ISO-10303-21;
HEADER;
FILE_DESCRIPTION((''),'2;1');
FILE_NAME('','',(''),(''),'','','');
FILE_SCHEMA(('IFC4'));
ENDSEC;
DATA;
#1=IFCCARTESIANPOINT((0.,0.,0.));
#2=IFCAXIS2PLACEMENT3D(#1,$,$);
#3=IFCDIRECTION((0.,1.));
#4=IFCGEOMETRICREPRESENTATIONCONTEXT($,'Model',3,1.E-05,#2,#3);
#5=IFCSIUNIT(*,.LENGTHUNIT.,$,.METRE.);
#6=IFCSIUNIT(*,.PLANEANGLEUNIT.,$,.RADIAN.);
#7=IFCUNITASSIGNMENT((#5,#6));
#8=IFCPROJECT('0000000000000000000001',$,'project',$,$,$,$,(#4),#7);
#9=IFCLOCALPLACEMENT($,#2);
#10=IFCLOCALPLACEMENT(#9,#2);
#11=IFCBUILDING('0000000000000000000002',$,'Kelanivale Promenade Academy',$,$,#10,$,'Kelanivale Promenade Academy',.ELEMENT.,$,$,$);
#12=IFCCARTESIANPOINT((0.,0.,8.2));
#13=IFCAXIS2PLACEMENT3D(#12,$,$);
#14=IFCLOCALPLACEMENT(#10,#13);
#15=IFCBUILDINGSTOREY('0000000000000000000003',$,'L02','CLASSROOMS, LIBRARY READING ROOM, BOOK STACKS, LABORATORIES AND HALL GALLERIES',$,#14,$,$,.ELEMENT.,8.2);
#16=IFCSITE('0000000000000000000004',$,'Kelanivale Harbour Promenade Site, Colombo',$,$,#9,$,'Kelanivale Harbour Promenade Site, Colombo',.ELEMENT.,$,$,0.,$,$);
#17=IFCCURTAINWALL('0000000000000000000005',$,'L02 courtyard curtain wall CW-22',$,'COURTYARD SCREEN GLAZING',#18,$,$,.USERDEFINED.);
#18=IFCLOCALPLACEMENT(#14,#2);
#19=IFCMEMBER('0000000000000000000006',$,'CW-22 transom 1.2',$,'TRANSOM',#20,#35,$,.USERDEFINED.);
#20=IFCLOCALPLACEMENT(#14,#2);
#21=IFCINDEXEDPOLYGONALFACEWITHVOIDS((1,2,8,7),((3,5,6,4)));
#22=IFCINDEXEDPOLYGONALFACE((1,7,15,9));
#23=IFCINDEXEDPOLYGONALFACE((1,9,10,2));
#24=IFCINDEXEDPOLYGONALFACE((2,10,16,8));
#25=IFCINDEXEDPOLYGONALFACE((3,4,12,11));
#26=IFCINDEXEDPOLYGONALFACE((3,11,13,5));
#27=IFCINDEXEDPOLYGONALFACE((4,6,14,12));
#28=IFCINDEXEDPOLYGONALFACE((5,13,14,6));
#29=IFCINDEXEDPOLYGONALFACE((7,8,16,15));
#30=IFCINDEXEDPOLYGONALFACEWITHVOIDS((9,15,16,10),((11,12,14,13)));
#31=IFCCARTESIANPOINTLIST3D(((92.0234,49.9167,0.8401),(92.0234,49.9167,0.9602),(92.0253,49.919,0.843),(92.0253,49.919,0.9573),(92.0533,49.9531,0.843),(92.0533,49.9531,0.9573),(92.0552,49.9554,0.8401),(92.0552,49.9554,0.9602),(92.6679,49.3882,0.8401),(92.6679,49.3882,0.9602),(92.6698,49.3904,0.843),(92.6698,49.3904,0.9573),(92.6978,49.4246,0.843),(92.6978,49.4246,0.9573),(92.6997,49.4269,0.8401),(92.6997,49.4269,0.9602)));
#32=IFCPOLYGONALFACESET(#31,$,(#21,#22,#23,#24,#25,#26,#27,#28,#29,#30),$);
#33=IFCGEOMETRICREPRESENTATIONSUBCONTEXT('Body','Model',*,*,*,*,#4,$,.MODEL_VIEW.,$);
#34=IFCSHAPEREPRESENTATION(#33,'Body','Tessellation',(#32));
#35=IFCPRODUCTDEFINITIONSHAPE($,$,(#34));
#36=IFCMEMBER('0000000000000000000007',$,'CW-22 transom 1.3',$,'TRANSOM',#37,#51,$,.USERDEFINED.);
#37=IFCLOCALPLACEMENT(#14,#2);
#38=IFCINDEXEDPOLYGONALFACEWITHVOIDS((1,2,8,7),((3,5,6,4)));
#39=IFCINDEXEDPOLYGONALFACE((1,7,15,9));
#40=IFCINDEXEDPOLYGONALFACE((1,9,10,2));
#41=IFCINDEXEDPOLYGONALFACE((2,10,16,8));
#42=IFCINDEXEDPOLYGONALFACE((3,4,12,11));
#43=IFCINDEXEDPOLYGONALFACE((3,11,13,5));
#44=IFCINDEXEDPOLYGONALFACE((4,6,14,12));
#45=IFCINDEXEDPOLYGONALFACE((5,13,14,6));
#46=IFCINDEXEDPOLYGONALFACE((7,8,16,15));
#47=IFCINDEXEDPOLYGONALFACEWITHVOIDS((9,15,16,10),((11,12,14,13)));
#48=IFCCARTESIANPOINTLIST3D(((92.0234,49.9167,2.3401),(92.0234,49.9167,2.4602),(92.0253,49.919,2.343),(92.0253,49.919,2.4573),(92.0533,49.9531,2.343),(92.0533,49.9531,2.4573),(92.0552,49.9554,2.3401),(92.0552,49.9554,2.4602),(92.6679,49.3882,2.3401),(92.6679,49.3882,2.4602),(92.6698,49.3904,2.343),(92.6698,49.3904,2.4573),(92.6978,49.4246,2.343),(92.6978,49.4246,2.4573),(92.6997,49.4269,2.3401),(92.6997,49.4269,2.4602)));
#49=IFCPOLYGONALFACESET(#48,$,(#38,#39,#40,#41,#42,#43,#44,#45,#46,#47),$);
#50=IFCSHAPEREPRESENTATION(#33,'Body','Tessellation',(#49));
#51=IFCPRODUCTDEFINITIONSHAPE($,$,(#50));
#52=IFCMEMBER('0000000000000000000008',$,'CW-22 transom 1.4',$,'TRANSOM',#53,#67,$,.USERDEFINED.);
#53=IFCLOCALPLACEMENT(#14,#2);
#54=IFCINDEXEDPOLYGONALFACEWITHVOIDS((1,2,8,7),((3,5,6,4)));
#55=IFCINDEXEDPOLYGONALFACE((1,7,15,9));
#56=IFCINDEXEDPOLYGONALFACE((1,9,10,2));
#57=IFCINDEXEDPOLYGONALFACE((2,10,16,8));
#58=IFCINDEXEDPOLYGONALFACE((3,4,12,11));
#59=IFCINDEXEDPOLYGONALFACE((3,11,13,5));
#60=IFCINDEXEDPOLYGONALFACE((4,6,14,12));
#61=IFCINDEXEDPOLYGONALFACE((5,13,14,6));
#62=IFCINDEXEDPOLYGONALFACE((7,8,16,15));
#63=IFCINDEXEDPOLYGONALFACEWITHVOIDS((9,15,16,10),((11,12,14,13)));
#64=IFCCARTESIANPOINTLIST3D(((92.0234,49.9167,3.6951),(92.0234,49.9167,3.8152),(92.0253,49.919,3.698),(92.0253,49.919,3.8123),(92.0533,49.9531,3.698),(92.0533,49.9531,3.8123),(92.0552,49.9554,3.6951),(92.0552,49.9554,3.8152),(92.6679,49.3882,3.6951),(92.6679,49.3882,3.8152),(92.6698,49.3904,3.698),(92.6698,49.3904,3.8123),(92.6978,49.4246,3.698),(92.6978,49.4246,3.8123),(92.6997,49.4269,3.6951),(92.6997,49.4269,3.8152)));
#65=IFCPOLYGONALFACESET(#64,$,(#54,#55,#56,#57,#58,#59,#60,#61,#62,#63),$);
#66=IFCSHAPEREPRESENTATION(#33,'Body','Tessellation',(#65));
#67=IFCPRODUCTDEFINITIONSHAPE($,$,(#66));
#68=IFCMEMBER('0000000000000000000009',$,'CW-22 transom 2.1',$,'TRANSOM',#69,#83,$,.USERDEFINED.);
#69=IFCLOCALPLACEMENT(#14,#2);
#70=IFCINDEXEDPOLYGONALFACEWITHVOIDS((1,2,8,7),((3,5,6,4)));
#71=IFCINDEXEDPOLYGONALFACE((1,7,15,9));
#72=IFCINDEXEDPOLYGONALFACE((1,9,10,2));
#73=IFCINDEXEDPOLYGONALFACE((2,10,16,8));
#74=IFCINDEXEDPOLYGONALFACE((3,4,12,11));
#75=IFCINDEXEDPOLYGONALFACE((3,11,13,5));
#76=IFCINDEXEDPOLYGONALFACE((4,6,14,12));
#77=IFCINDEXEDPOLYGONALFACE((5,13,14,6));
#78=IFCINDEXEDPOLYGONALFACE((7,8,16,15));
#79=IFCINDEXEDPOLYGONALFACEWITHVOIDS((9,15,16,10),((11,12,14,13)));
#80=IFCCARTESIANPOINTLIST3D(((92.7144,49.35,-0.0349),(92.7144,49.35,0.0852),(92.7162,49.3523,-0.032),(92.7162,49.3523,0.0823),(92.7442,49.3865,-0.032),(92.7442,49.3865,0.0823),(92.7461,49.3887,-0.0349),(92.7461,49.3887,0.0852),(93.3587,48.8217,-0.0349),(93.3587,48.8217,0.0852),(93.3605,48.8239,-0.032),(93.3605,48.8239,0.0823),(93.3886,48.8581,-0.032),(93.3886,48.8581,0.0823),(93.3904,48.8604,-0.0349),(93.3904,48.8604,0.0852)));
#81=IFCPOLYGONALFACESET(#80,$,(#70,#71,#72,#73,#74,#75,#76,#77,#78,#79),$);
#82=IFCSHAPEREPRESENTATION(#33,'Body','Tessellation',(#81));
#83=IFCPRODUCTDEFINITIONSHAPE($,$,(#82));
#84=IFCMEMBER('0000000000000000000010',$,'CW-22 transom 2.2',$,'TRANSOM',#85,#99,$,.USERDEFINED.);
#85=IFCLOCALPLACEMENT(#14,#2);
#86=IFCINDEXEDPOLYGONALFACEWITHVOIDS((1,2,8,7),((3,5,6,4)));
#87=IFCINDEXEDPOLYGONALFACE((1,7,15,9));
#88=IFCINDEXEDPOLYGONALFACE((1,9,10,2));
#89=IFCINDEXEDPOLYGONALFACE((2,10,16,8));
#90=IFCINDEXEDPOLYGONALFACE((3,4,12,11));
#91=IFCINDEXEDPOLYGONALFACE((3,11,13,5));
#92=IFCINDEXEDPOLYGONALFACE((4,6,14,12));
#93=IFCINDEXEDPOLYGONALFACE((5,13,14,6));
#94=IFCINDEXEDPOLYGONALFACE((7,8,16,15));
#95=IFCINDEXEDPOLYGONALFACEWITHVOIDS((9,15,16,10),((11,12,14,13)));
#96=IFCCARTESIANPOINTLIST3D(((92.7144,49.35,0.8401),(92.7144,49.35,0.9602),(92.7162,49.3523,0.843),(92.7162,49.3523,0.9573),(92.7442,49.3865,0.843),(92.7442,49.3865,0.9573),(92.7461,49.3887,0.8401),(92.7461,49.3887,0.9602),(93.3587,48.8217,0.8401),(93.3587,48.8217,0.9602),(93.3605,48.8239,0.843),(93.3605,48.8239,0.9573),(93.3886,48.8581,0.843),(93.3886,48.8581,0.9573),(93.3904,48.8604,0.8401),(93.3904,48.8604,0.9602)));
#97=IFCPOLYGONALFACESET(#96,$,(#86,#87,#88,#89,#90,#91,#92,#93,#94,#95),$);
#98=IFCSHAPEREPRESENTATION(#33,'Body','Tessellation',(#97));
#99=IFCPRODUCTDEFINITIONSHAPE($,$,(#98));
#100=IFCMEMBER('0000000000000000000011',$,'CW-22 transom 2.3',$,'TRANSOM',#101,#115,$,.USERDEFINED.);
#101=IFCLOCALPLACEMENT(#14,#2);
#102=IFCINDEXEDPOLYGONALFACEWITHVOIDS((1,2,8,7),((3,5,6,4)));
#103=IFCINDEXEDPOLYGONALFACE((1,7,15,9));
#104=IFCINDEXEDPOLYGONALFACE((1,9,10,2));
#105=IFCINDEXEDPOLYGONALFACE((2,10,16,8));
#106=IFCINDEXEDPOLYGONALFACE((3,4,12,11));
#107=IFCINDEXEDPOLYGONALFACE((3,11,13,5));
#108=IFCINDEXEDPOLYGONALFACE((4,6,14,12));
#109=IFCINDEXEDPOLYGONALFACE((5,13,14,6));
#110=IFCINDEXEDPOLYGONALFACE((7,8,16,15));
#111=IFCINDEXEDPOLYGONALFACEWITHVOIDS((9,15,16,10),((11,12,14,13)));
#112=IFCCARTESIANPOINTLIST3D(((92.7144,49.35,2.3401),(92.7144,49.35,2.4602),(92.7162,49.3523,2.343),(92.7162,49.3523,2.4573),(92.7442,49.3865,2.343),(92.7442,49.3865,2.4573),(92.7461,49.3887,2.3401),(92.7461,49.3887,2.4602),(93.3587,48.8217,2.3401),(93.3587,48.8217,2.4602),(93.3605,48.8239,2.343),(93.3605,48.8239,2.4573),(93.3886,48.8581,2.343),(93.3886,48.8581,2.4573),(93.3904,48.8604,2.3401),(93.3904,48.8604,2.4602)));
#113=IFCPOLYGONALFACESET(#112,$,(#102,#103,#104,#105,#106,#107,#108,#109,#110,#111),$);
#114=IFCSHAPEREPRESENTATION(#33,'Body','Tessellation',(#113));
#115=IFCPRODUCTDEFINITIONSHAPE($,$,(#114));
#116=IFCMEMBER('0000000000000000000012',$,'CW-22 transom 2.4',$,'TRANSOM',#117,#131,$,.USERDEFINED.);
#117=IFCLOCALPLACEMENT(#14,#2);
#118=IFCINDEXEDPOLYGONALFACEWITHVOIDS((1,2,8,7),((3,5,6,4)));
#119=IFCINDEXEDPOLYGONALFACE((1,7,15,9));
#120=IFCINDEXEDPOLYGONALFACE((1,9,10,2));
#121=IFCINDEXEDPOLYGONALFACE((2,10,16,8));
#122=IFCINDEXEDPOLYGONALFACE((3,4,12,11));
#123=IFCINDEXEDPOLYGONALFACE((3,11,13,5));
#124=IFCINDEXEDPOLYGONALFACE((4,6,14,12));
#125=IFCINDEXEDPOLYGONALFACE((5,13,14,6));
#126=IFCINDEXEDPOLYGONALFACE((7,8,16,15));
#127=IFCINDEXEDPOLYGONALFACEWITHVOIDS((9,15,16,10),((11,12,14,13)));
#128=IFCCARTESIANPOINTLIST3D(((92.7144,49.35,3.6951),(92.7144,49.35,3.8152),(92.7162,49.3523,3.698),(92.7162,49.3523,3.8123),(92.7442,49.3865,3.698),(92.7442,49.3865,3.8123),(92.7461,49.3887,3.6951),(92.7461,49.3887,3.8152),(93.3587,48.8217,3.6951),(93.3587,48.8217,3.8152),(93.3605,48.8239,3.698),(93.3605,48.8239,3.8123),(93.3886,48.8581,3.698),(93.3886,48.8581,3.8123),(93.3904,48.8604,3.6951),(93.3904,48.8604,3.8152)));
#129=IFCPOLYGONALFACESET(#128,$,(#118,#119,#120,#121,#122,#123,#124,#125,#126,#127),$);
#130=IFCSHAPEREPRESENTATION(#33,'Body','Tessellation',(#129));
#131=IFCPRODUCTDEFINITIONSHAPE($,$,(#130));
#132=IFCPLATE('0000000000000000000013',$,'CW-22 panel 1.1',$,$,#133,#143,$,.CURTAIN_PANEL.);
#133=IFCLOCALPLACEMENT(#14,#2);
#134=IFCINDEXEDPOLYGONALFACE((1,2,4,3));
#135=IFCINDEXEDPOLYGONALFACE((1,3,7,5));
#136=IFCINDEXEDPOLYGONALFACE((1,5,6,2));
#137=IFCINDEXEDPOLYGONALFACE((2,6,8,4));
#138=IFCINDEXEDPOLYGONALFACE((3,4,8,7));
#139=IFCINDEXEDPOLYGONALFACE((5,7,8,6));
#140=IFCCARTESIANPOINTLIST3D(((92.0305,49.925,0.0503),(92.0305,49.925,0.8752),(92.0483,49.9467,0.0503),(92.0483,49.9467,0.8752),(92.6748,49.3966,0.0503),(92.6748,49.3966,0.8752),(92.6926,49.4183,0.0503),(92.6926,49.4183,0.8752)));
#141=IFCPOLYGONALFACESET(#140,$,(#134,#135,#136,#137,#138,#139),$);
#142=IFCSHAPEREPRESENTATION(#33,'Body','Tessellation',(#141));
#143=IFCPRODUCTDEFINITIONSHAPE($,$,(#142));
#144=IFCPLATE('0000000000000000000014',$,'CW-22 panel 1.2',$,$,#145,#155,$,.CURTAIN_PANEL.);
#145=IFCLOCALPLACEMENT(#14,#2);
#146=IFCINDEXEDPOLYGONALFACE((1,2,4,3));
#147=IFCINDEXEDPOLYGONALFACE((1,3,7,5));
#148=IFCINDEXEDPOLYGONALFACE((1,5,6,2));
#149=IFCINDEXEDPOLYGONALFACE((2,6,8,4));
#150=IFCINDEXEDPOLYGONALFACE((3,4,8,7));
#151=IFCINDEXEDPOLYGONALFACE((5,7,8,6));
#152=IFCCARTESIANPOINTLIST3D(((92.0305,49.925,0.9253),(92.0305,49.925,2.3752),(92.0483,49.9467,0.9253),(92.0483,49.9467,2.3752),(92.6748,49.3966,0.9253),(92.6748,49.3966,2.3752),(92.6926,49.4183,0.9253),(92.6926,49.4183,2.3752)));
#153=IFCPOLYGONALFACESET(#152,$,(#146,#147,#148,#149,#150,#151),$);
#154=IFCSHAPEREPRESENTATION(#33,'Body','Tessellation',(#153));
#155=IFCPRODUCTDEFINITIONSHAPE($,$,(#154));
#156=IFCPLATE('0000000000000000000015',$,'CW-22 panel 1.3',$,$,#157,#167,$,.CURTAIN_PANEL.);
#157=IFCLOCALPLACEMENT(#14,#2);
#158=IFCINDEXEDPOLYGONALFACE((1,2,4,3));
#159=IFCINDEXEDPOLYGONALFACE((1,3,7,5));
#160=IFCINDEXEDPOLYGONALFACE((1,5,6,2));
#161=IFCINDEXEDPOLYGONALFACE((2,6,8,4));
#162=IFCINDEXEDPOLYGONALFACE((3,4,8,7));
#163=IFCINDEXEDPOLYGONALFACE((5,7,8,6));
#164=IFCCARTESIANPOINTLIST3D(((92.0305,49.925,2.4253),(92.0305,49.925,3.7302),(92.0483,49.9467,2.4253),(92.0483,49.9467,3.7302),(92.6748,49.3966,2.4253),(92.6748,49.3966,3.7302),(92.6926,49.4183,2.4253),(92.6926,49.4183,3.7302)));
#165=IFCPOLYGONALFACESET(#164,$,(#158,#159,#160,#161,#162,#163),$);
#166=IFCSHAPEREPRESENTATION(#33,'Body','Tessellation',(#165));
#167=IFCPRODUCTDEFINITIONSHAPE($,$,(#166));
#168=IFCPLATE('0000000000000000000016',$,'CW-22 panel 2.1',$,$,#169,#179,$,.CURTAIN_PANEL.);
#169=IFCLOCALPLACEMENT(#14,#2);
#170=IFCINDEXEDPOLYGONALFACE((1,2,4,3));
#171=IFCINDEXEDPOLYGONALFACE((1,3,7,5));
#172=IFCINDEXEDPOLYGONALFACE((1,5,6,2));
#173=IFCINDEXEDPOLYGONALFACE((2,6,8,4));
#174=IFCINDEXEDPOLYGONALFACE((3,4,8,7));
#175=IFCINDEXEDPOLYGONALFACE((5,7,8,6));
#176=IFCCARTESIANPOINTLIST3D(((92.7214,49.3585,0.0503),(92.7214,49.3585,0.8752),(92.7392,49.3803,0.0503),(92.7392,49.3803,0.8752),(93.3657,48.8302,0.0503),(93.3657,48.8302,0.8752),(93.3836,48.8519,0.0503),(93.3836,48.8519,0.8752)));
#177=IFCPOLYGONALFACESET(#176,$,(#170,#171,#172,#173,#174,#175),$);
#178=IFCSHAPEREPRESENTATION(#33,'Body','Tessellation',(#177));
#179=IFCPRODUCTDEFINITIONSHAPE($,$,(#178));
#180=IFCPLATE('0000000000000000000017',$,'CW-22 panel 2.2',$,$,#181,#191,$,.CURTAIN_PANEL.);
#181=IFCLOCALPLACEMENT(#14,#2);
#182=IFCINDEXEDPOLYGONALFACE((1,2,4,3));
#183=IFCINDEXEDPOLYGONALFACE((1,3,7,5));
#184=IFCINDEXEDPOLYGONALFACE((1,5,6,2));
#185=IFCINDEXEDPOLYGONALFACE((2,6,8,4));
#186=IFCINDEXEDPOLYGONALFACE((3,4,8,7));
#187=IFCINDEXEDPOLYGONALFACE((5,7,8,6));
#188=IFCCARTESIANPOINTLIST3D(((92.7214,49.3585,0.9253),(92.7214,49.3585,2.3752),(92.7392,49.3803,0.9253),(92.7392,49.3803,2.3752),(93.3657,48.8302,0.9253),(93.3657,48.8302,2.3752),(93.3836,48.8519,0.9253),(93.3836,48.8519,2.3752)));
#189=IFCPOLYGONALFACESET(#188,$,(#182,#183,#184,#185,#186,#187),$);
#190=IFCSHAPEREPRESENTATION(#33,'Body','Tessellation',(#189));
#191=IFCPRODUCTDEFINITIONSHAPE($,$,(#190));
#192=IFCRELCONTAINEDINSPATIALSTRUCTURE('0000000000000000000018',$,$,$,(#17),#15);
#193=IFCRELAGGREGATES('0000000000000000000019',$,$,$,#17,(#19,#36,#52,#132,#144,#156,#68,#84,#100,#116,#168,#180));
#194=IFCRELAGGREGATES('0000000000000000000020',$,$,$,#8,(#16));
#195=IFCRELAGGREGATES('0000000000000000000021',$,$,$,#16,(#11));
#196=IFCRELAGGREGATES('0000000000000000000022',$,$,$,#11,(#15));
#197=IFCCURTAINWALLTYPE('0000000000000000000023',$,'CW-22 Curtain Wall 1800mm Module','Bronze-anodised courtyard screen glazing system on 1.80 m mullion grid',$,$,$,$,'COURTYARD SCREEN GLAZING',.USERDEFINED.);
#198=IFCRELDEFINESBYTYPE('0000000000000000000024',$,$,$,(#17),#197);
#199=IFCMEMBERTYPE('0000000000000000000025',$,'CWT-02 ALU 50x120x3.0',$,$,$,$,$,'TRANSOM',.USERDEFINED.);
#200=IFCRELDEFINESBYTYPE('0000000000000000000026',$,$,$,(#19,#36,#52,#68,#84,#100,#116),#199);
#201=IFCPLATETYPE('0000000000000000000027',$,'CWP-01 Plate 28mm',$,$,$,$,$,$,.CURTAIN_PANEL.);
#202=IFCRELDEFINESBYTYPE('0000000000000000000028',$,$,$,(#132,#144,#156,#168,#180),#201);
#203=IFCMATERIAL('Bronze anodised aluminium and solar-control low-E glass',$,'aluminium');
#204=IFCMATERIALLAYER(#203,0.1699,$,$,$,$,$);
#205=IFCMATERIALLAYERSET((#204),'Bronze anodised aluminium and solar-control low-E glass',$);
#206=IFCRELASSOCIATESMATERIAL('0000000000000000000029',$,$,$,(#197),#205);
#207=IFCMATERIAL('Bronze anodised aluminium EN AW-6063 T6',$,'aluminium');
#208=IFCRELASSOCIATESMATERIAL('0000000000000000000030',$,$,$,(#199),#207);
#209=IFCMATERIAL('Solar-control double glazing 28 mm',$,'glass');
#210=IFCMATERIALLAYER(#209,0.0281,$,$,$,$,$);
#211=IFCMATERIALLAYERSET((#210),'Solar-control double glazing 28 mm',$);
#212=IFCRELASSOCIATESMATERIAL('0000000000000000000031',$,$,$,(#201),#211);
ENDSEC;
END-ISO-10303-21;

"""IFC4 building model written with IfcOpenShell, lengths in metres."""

from ifc_helpers import new_model, si_unit, direction, frame, origin, origin_2d, place, context, subcontext, project, spatial, rectangle, hollow_rectangle, extrude, material, layer, layer_set, material_profile, profile_set, type_object, element, aggregate, save


model = new_model("IFC4")

# Units and contexts
model_context = context("Model", 3, precision=1e-05, world=origin(), true_north=direction((0.0, 1.0)))
body_context = subcontext(model_context, "Body", "Model", "MODEL_VIEW")
ifc_project = project(units=[si_unit("LENGTHUNIT", "METRE"), si_unit("PLANEANGLEUNIT", "RADIAN")], contexts=[model_context])

# Site, building, storey
site_placement = place(None, origin())
site = spatial("IfcSite", under=ifc_project, at=site_placement, Name="Kelanivale Harbour Promenade Site, Colombo", LongName="Kelanivale Harbour Promenade Site, Colombo", CompositionType="ELEMENT", RefElevation=0.0)
building_placement = place(site_placement, origin())
building = spatial("IfcBuilding", under=site, at=building_placement, Name="Kelanivale Promenade Academy", LongName="Kelanivale Promenade Academy", CompositionType="ELEMENT")
storey_placement = place(building_placement, frame((0.0, 0.0, 8.2)))
storey = spatial("IfcBuildingStorey", under=building, at=storey_placement, Name="L02", Description="CLASSROOMS, LIBRARY READING ROOM, BOOK STACKS, LABORATORIES AND HALL GALLERIES", CompositionType="ELEMENT", Elevation=8.2)

# Curtain wall
ifc_material_1 = material(Name="Bronze anodised aluminium and solar-control low-E glass", Category="aluminium")
ifc_material_2 = material(Name="Bronze anodised aluminium EN AW-6063 T6", Category="aluminium")
ifc_layer_1 = layer(ifc_material_1, 0.1699)
ifc_layer_set_1 = layer_set([ifc_layer_1], Name="Bronze anodised aluminium and solar-control low-E glass")
curtain_wall_type_1 = type_object("IfcCurtainWallType", Name="CW-22 Curtain Wall 1800mm Module", Description="Bronze-anodised courtyard screen glazing system on 1.80 m mullion grid", ElementType="COURTYARD SCREEN GLAZING", PredefinedType="USERDEFINED", material=ifc_layer_set_1)
curtain_wall_1_placement = place(storey_placement, origin())
curtain_wall_1 = element("IfcCurtainWall", 1, at=curtain_wall_1_placement, inside=storey, type_object=curtain_wall_type_1, Name="L02 courtyard curtain wall CW-22", ObjectType="COURTYARD SCREEN GLAZING", PredefinedType="USERDEFINED")

# Members
ifc_material_profile_1 = material_profile(ifc_material_2, hollow_rectangle(XDim=0.05, YDim=0.1201, WallThickness=0.0029, at=origin_2d()), Name="ALU 50x120x3.0")
ifc_profile_set_1 = profile_set([ifc_material_profile_1], Name="Bronze anodised aluminium EN AW-6063 T6")
member_type_1 = type_object("IfcMemberType", Name="CWT-02 ALU 50x120x3.0", ElementType="TRANSOM", PredefinedType="USERDEFINED", material=ifc_profile_set_1)
member_1_placement = place(storey_placement, frame((92.0393, 49.936, 0.9001), z_axis=(0.773239, -0.634115, 0.0), x_axis=(0.634115, 0.773239, 0.0)))
member_1 = element("IfcMember", 2, at=member_1_placement, type_object=member_type_1, Name="CW-22 transom 1.2", ObjectType="TRANSOM", PredefinedType="USERDEFINED", context=body_context, shape_type="SweptSolid", body=[
    extrude(hollow_rectangle(XDim=0.05, YDim=0.1201, WallThickness=0.0029, at=origin_2d()), origin(), (0.0, 0.0, 1.0), 0.8335),
])
member_2_placement = place(storey_placement, frame((92.0393, 49.936, 2.4001), z_axis=(0.773239, -0.634115, 0.0), x_axis=(0.634115, 0.773239, 0.0)))
member_2 = element("IfcMember", 3, at=member_2_placement, type_object=member_type_1, Name="CW-22 transom 1.3", ObjectType="TRANSOM", PredefinedType="USERDEFINED", context=body_context, shape_type="SweptSolid", body=[
    extrude(hollow_rectangle(XDim=0.05, YDim=0.1201, WallThickness=0.0029, at=origin_2d()), origin(), (0.0, 0.0, 1.0), 0.8335),
])
member_3_placement = place(storey_placement, frame((92.0393, 49.936, 3.7551), z_axis=(0.773239, -0.634115, 0.0), x_axis=(0.634115, 0.773239, 0.0)))
member_3 = element("IfcMember", 4, at=member_3_placement, type_object=member_type_1, Name="CW-22 transom 1.4", ObjectType="TRANSOM", PredefinedType="USERDEFINED", context=body_context, shape_type="SweptSolid", body=[
    extrude(hollow_rectangle(XDim=0.05, YDim=0.1201, WallThickness=0.0029, at=origin_2d()), origin(), (0.0, 0.0, 1.0), 0.8335),
])
member_4_placement = place(storey_placement, frame((92.7302, 49.3694, 0.0251), z_axis=(0.773265, -0.634083, 0.0), x_axis=(0.634083, 0.773265, 0.0)))
member_4 = element("IfcMember", 5, at=member_4_placement, type_object=member_type_1, Name="CW-22 transom 2.1", ObjectType="TRANSOM", PredefinedType="USERDEFINED", context=body_context, shape_type="SweptSolid", body=[
    extrude(hollow_rectangle(XDim=0.05, YDim=0.1201, WallThickness=0.0029, at=origin_2d()), origin(), (0.0, 0.0, 1.0), 0.8333),
])
member_5_placement = place(storey_placement, frame((92.7302, 49.3694, 0.9001), z_axis=(0.773265, -0.634083, 0.0), x_axis=(0.634083, 0.773265, 0.0)))
member_5 = element("IfcMember", 6, at=member_5_placement, type_object=member_type_1, Name="CW-22 transom 2.2", ObjectType="TRANSOM", PredefinedType="USERDEFINED", context=body_context, shape_type="SweptSolid", body=[
    extrude(hollow_rectangle(XDim=0.05, YDim=0.1201, WallThickness=0.0029, at=origin_2d()), origin(), (0.0, 0.0, 1.0), 0.8333),
])
member_6_placement = place(storey_placement, frame((92.7302, 49.3694, 2.4001), z_axis=(0.773265, -0.634083, 0.0), x_axis=(0.634083, 0.773265, 0.0)))
member_6 = element("IfcMember", 7, at=member_6_placement, type_object=member_type_1, Name="CW-22 transom 2.3", ObjectType="TRANSOM", PredefinedType="USERDEFINED", context=body_context, shape_type="SweptSolid", body=[
    extrude(hollow_rectangle(XDim=0.05, YDim=0.1201, WallThickness=0.0029, at=origin_2d()), origin(), (0.0, 0.0, 1.0), 0.8333),
])
member_7_placement = place(storey_placement, frame((92.7302, 49.3694, 3.7551), z_axis=(0.773265, -0.634083, 0.0), x_axis=(0.634083, 0.773265, 0.0)))
member_7 = element("IfcMember", 8, at=member_7_placement, type_object=member_type_1, Name="CW-22 transom 2.4", ObjectType="TRANSOM", PredefinedType="USERDEFINED", context=body_context, shape_type="SweptSolid", body=[
    extrude(hollow_rectangle(XDim=0.05, YDim=0.1201, WallThickness=0.0029, at=origin_2d()), origin(), (0.0, 0.0, 1.0), 0.8333),
])

# Plates
ifc_material_3 = material(Name="Solar-control double glazing 28 mm", Category="glass")
ifc_layer_2 = layer(ifc_material_3, 0.0281)
ifc_layer_set_2 = layer_set([ifc_layer_2], Name="Solar-control double glazing 28 mm")
plate_type_1 = type_object("IfcPlateType", Name="CWP-01 Plate 28mm", PredefinedType="CURTAIN_PANEL", material=ifc_layer_set_2)
plate_1_placement = place(storey_placement, frame((92.3616, 49.6716, 0.0503), z_axis=(0.0, 0.0, 1.0), x_axis=(0.773257, -0.634093, 0.0)))
plate_1 = element("IfcPlate", 9, at=plate_1_placement, type_object=plate_type_1, Name="CW-22 panel 1.1", PredefinedType="CURTAIN_PANEL", context=body_context, shape_type="SweptSolid", body=[
    extrude(rectangle(XDim=0.8333, YDim=0.0281, at=origin_2d()), origin(), (0.0, 0.0, 1.0), 0.825),
])
plate_2_placement = place(storey_placement, frame((92.3616, 49.6716, 0.9253), z_axis=(0.0, 0.0, 1.0), x_axis=(0.773257, -0.634093, 0.0)))
plate_2 = element("IfcPlate", 10, at=plate_2_placement, type_object=plate_type_1, Name="CW-22 panel 1.2", PredefinedType="CURTAIN_PANEL", context=body_context, shape_type="SweptSolid", body=[
    extrude(rectangle(XDim=0.8333, YDim=0.0281, at=origin_2d()), origin(), (0.0, 0.0, 1.0), 1.45),
])
plate_3_placement = place(storey_placement, frame((92.3616, 49.6716, 2.4253), z_axis=(0.0, 0.0, 1.0), x_axis=(0.773257, -0.634093, 0.0)))
plate_3 = element("IfcPlate", 11, at=plate_3_placement, type_object=plate_type_1, Name="CW-22 panel 1.3", PredefinedType="CURTAIN_PANEL", context=body_context, shape_type="SweptSolid", body=[
    extrude(rectangle(XDim=0.8333, YDim=0.0281, at=origin_2d()), origin(), (0.0, 0.0, 1.0), 1.3049),
])
plate_4_placement = place(storey_placement, frame((93.0525, 49.1052, 0.0503), z_axis=(0.0, 0.0, 1.0), x_axis=(0.773257, -0.634093, 0.0)))
plate_4 = element("IfcPlate", 12, at=plate_4_placement, type_object=plate_type_1, Name="CW-22 panel 2.1", PredefinedType="CURTAIN_PANEL", context=body_context, shape_type="SweptSolid", body=[
    extrude(rectangle(XDim=0.8333, YDim=0.0281, at=origin_2d()), origin(), (0.0, 0.0, 1.0), 0.825),
])
plate_5_placement = place(storey_placement, frame((93.0525, 49.1052, 0.9253), z_axis=(0.0, 0.0, 1.0), x_axis=(0.773257, -0.634093, 0.0)))
plate_5 = element("IfcPlate", 13, at=plate_5_placement, type_object=plate_type_1, Name="CW-22 panel 2.2", PredefinedType="CURTAIN_PANEL", context=body_context, shape_type="SweptSolid", body=[
    extrude(rectangle(XDim=0.8333, YDim=0.0281, at=origin_2d()), origin(), (0.0, 0.0, 1.0), 1.45),
])
aggregate(curtain_wall_1, [member_1, member_2, member_3, plate_1, plate_2, plate_3, member_4, member_5, member_6, member_7, plate_4, plate_5])

save(model, "model.ifc")
